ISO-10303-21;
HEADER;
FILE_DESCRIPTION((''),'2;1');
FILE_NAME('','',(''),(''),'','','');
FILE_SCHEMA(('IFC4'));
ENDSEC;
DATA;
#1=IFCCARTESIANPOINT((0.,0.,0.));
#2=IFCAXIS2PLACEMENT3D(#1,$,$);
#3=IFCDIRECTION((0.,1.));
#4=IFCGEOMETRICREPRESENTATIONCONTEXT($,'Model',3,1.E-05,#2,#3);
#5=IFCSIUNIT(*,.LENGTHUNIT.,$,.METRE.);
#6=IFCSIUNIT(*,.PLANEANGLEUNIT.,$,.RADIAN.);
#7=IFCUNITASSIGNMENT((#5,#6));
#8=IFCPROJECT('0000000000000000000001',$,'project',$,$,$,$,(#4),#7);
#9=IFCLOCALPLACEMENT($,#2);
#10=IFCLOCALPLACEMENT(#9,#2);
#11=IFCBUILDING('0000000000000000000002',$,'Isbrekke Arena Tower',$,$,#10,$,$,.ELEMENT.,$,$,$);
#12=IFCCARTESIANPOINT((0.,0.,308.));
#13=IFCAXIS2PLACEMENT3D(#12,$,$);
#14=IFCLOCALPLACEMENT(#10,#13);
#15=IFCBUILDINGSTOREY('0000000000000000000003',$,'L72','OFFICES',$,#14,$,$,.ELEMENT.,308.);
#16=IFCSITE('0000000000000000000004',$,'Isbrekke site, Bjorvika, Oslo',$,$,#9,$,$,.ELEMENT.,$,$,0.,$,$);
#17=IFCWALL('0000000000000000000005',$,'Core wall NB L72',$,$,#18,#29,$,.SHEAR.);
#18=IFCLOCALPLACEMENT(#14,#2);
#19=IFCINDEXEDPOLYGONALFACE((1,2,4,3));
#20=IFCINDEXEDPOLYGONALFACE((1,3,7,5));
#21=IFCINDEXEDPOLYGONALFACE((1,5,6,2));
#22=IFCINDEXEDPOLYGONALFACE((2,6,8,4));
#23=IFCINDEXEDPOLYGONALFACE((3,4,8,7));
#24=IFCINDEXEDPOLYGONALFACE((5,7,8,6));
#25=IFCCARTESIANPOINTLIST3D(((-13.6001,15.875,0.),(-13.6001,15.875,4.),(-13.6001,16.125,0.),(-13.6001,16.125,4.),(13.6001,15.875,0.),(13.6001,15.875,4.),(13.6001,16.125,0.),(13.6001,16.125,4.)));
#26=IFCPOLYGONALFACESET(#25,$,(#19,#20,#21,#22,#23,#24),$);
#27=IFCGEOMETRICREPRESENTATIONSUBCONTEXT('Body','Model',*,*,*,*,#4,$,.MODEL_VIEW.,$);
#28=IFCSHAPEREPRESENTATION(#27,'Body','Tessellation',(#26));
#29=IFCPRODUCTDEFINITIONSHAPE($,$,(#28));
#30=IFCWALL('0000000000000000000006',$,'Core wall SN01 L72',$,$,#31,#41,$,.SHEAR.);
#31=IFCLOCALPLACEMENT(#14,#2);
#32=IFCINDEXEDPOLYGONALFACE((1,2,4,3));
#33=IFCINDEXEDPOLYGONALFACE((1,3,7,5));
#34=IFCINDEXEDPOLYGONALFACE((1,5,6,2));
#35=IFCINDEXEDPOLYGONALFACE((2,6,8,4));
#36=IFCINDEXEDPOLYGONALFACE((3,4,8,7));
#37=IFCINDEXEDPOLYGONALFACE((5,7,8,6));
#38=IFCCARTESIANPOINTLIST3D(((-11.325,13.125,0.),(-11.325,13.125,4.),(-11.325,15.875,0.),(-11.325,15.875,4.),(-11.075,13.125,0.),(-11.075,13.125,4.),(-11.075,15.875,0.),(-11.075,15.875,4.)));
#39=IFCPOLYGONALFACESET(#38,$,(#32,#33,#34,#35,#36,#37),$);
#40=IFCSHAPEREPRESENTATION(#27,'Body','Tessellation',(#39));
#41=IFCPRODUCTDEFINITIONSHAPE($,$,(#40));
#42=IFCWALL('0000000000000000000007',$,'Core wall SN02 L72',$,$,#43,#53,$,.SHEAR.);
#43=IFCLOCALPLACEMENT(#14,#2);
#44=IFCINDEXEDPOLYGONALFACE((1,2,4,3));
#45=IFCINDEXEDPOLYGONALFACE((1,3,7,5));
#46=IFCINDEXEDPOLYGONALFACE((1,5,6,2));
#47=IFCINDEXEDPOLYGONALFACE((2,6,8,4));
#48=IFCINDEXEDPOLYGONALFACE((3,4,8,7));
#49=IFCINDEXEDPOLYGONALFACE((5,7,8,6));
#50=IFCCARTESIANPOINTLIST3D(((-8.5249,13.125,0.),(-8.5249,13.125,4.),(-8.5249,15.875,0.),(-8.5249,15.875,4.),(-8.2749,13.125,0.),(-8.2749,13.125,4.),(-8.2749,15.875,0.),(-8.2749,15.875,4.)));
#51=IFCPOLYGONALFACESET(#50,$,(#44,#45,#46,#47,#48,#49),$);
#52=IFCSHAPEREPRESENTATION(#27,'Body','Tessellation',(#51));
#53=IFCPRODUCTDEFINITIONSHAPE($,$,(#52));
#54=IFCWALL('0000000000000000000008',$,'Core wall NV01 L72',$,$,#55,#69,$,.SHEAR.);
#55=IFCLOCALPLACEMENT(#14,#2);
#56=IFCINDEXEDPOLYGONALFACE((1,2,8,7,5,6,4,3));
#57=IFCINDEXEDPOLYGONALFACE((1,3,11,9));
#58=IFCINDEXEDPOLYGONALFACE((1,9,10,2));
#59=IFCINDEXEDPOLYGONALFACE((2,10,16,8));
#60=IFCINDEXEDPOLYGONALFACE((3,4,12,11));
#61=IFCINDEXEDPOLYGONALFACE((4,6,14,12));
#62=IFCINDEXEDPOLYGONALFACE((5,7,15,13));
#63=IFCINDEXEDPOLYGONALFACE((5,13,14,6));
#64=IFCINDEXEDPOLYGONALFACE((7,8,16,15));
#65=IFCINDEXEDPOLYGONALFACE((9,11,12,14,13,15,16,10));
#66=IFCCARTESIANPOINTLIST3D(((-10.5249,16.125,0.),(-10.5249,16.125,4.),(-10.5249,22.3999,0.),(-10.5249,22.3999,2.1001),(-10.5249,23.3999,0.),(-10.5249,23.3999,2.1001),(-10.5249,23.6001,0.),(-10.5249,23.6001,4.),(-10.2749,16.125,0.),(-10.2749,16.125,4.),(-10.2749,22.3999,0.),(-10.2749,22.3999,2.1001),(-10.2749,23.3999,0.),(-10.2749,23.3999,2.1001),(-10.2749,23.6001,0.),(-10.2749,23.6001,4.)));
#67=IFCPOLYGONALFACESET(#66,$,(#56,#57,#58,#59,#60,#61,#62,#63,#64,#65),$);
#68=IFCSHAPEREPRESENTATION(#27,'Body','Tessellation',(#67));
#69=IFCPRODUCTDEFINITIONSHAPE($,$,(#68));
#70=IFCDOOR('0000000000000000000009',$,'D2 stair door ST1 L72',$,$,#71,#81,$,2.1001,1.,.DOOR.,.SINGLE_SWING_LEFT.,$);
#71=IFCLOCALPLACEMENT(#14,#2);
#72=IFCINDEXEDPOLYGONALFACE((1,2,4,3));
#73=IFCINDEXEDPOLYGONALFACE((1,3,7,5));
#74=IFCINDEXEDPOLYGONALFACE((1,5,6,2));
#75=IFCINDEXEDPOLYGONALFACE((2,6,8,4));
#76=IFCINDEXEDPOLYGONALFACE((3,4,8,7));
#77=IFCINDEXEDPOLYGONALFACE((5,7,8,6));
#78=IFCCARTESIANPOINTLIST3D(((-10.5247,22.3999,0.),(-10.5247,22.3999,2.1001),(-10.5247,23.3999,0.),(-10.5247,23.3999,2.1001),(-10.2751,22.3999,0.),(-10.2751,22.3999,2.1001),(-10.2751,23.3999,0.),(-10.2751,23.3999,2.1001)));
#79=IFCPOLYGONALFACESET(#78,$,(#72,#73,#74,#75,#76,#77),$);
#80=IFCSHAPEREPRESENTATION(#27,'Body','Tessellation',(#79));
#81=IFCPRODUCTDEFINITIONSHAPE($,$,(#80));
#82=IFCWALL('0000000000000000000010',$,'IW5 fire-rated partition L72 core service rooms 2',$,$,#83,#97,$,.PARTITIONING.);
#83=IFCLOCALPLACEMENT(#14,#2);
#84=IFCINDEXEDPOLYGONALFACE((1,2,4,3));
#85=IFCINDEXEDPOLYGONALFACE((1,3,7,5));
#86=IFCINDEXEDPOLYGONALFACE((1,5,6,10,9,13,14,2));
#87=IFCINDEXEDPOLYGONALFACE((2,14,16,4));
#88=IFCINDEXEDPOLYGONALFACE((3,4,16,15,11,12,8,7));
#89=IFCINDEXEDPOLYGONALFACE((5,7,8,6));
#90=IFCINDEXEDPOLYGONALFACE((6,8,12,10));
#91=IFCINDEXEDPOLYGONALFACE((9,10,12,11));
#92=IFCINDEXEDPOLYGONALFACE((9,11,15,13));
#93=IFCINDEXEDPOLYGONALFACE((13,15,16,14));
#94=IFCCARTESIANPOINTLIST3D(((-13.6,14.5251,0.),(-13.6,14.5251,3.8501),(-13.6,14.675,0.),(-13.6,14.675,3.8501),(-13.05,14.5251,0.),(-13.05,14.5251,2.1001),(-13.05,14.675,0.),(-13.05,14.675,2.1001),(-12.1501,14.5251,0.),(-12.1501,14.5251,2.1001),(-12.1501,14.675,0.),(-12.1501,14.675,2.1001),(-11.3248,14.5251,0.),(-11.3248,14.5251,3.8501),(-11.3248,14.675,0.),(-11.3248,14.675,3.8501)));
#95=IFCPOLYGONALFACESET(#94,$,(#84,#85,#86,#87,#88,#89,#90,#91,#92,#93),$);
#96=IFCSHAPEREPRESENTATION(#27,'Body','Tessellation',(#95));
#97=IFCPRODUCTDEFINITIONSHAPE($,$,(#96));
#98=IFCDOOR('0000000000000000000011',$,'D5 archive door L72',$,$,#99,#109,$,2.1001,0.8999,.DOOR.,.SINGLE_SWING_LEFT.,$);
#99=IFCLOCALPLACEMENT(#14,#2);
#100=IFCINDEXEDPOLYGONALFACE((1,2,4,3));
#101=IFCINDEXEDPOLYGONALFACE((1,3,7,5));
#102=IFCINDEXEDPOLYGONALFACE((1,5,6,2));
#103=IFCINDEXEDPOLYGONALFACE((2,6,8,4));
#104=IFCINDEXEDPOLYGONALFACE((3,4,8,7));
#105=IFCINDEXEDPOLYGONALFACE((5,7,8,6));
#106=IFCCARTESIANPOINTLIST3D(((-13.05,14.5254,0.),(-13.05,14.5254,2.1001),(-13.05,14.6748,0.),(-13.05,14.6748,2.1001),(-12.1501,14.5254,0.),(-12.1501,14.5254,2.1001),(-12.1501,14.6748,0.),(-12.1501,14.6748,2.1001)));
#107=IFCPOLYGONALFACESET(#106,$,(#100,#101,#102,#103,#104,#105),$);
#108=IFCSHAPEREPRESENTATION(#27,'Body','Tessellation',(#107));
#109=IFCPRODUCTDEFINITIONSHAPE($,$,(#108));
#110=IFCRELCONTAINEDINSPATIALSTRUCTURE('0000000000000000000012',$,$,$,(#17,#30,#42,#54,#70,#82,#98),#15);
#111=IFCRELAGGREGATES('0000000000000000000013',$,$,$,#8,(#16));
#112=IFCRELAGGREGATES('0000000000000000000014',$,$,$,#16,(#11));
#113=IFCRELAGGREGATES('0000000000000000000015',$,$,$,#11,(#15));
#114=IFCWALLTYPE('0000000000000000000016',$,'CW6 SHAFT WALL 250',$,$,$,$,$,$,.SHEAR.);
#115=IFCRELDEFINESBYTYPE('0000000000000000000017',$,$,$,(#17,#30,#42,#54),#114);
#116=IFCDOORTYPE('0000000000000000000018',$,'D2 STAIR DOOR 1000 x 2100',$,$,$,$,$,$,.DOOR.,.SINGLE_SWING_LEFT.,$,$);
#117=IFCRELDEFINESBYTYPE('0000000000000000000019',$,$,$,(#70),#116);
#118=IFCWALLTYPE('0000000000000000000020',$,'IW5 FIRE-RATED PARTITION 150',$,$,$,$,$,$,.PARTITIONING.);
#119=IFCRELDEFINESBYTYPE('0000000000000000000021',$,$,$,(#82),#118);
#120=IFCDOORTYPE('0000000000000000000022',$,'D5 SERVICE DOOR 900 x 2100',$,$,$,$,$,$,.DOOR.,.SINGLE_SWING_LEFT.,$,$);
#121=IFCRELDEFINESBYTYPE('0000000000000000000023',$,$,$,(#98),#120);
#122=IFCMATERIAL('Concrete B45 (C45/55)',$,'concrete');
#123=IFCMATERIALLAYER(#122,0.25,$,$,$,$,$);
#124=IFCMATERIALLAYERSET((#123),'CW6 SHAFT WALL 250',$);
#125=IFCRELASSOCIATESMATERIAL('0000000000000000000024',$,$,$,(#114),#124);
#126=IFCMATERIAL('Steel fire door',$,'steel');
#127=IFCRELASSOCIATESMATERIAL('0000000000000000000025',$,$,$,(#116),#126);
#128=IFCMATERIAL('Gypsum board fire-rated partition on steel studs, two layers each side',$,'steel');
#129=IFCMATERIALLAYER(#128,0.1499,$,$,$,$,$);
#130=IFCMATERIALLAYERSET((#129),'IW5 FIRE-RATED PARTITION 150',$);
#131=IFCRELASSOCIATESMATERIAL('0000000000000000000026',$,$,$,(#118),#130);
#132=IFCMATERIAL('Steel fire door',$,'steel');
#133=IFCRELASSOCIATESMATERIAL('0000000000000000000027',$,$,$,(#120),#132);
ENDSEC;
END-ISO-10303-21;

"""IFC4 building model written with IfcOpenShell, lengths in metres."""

from ifc_helpers import new_model, si_unit, direction, frame, frame_2d, origin, place, context, subcontext, project, spatial, rectangle, extrude, material, layer, layer_set, type_object, element, fill, save


model = new_model("IFC4")

# Units and contexts
model_context = context("Model", 3, precision=1e-05, world=origin(), true_north=direction((0.0, 1.0)))
body_context = subcontext(model_context, "Body", "Model", "MODEL_VIEW")
ifc_project = project(units=[si_unit("LENGTHUNIT", "METRE"), si_unit("PLANEANGLEUNIT", "RADIAN")], contexts=[model_context])

# Site, building, storey
site_placement = place(None, origin())
site = spatial("IfcSite", under=ifc_project, at=site_placement, Name="Isbrekke site, Bjorvika, Oslo", CompositionType="ELEMENT", RefElevation=0.0)
building_placement = place(site_placement, origin())
building = spatial("IfcBuilding", under=site, at=building_placement, Name="Isbrekke Arena Tower", CompositionType="ELEMENT")
storey_placement = place(building_placement, frame((0.0, 0.0, 308.0)))
storey = spatial("IfcBuildingStorey", under=building, at=storey_placement, Name="L72", Description="OFFICES", CompositionType="ELEMENT", Elevation=308.0)

# Walls
ifc_material_1 = material(Name="Concrete B45 (C45/55)", Category="concrete")
ifc_layer_1 = layer(ifc_material_1, 0.25)
ifc_layer_set_1 = layer_set([ifc_layer_1], Name="CW6 SHAFT WALL 250")
wall_type_1 = type_object("IfcWallType", Name="CW6 SHAFT WALL 250", PredefinedType="SHEAR", material=ifc_layer_set_1)
wall_1_placement = place(storey_placement, frame((-13.6001, 16.0, 0.0), z_axis=(0.0, 0.0, 1.0), x_axis=(1.0, 0.0, 0.0)))
element("IfcWall", 1, at=wall_1_placement, inside=storey, type_object=wall_type_1, Name="Core wall NB L72", PredefinedType="SHEAR", context=body_context, shape_type="SweptSolid", body=[
    extrude(rectangle(XDim=27.2002, YDim=0.25, at=frame_2d((13.6001, 0.0))), origin(), (0.0, 0.0, 1.0), 4.0),
])
for number, where, z_axis, x_axis, name in (
    (2, (-11.2, 13.125, 0.0), (0.0, 0.0, 1.0), (0.0, 1.0, 0.0), "Core wall SN01 L72"),
    (3, (-8.3999, 13.125, 0.0), (0.0, 0.0, 1.0), (0.0, 1.0, 0.0), "Core wall SN02 L72"),
):
    element("IfcWall", number, at=place(storey_placement, frame(where, z_axis=z_axis, x_axis=x_axis)), inside=storey, type_object=wall_type_1, Name=name, PredefinedType="SHEAR", context=body_context, shape_type="SweptSolid", body=[
        extrude(rectangle(XDim=2.75, YDim=0.25, at=frame_2d((1.375, 0.0))), origin(), (0.0, 0.0, 1.0), 4.0),
    ])

# Walls, openings, doors
wall_2_placement = place(storey_placement, frame((-10.3999, 16.125, 0.0), z_axis=(0.0, 0.0, 1.0), x_axis=(0.0, 1.0, 0.0)))
wall_2 = element("IfcWall", 4, at=wall_2_placement, inside=storey, type_object=wall_type_1, Name="Core wall NV01 L72", PredefinedType="SHEAR", context=body_context, shape_type="SweptSolid", body=[
    extrude(rectangle(XDim=7.4751, YDim=0.25, at=frame_2d((3.7375, 0.0))), origin(), (0.0, 0.0, 1.0), 4.0),
])
opening_1_placement = place(wall_2_placement, frame((6.2749, 0.0, 0.0)))
opening_1 = element("IfcOpeningElement", 5, at=opening_1_placement, cuts=wall_2, PredefinedType="OPENING", context=body_context, shape_type="SweptSolid", body=[
    extrude(rectangle(XDim=1.0, YDim=2.1001, at=frame_2d((0.5, 1.05))), frame((0.0, 0.1399, 0.0), z_axis=(0.0, -1.0, 0.0), x_axis=(1.0, 0.0, 0.0)), (0.0, 0.0, 1.0), 0.2798),
])
ifc_material_2 = material(Name="Steel fire door", Category="steel")
door_type_1 = type_object("IfcDoorType", Name="D2 STAIR DOOR 1000 x 2100", OperationType="SINGLE_SWING_LEFT", PredefinedType="DOOR", material=ifc_material_2)
door_1_placement = place(opening_1_placement, origin())
door_1 = element("IfcDoor", 6, at=door_1_placement, inside=storey, type_object=door_type_1, Name="D2 stair door ST1 L72", OperationType="SINGLE_SWING_LEFT", OverallHeight=2.1001, OverallWidth=1.0, PredefinedType="DOOR", context=body_context, shape_type="SweptSolid", body=[
    extrude(rectangle(XDim=1.0, YDim=2.1001, at=frame_2d((0.5, 1.05))), frame((0.0, 0.1248, 0.0), z_axis=(0.0, -1.0, 0.0), x_axis=(1.0, 0.0, 0.0)), (0.0, 0.0, 1.0), 0.2495),
])
fill(opening_1, door_1)
ifc_material_3 = material(Name="Gypsum board fire-rated partition on steel studs, two layers each side", Category="steel")
ifc_layer_2 = layer(ifc_material_3, 0.1499)
ifc_layer_set_2 = layer_set([ifc_layer_2], Name="IW5 FIRE-RATED PARTITION 150")
wall_type_2 = type_object("IfcWallType", Name="IW5 FIRE-RATED PARTITION 150", PredefinedType="PARTITIONING", material=ifc_layer_set_2)
wall_3_placement = place(storey_placement, frame((-13.6001, 14.6001, 0.0), z_axis=(0.0, 0.0, 1.0), x_axis=(1.0, 0.0, 0.0)))
wall_3 = element("IfcWall", 7, at=wall_3_placement, inside=storey, type_object=wall_type_2, Name="IW5 fire-rated partition L72 core service rooms 2", PredefinedType="PARTITIONING", context=body_context, shape_type="SweptSolid", body=[
    extrude(rectangle(XDim=2.2751, YDim=0.1499, at=frame_2d((1.1377, 0.0))), origin(), (0.0, 0.0, 1.0), 3.8501),
])
opening_2_placement = place(wall_3_placement, frame((0.55, 0.0, 0.0)))
opening_2 = element("IfcOpeningElement", 8, at=opening_2_placement, cuts=wall_3, PredefinedType="OPENING", context=body_context, shape_type="SweptSolid", body=[
    extrude(rectangle(XDim=0.8999, YDim=2.1001, at=frame_2d((0.45, 1.05))), frame((0.0, 0.0898, 0.0), z_axis=(0.0, -1.0, 0.0), x_axis=(1.0, 0.0, 0.0)), (0.0, 0.0, 1.0), 0.1797),
])
ifc_material_4 = material(Name="Steel fire door", Category="steel")
door_type_2 = type_object("IfcDoorType", Name="D5 SERVICE DOOR 900 x 2100", OperationType="SINGLE_SWING_LEFT", PredefinedType="DOOR", material=ifc_material_4)
door_2_placement = place(opening_2_placement, origin())
door_2 = element("IfcDoor", 9, at=door_2_placement, inside=storey, type_object=door_type_2, Name="D5 archive door L72", OperationType="SINGLE_SWING_LEFT", OverallHeight=2.1001, OverallWidth=0.8999, PredefinedType="DOOR", context=body_context, shape_type="SweptSolid", body=[
    extrude(rectangle(XDim=0.8999, YDim=2.1001, at=frame_2d((0.45, 1.05))), frame((0.0, 0.0747, 0.0), z_axis=(0.0, -1.0, 0.0), x_axis=(1.0, 0.0, 0.0)), (0.0, 0.0, 1.0), 0.1494),
])
fill(opening_2, door_2)

save(model, "model.ifc")
